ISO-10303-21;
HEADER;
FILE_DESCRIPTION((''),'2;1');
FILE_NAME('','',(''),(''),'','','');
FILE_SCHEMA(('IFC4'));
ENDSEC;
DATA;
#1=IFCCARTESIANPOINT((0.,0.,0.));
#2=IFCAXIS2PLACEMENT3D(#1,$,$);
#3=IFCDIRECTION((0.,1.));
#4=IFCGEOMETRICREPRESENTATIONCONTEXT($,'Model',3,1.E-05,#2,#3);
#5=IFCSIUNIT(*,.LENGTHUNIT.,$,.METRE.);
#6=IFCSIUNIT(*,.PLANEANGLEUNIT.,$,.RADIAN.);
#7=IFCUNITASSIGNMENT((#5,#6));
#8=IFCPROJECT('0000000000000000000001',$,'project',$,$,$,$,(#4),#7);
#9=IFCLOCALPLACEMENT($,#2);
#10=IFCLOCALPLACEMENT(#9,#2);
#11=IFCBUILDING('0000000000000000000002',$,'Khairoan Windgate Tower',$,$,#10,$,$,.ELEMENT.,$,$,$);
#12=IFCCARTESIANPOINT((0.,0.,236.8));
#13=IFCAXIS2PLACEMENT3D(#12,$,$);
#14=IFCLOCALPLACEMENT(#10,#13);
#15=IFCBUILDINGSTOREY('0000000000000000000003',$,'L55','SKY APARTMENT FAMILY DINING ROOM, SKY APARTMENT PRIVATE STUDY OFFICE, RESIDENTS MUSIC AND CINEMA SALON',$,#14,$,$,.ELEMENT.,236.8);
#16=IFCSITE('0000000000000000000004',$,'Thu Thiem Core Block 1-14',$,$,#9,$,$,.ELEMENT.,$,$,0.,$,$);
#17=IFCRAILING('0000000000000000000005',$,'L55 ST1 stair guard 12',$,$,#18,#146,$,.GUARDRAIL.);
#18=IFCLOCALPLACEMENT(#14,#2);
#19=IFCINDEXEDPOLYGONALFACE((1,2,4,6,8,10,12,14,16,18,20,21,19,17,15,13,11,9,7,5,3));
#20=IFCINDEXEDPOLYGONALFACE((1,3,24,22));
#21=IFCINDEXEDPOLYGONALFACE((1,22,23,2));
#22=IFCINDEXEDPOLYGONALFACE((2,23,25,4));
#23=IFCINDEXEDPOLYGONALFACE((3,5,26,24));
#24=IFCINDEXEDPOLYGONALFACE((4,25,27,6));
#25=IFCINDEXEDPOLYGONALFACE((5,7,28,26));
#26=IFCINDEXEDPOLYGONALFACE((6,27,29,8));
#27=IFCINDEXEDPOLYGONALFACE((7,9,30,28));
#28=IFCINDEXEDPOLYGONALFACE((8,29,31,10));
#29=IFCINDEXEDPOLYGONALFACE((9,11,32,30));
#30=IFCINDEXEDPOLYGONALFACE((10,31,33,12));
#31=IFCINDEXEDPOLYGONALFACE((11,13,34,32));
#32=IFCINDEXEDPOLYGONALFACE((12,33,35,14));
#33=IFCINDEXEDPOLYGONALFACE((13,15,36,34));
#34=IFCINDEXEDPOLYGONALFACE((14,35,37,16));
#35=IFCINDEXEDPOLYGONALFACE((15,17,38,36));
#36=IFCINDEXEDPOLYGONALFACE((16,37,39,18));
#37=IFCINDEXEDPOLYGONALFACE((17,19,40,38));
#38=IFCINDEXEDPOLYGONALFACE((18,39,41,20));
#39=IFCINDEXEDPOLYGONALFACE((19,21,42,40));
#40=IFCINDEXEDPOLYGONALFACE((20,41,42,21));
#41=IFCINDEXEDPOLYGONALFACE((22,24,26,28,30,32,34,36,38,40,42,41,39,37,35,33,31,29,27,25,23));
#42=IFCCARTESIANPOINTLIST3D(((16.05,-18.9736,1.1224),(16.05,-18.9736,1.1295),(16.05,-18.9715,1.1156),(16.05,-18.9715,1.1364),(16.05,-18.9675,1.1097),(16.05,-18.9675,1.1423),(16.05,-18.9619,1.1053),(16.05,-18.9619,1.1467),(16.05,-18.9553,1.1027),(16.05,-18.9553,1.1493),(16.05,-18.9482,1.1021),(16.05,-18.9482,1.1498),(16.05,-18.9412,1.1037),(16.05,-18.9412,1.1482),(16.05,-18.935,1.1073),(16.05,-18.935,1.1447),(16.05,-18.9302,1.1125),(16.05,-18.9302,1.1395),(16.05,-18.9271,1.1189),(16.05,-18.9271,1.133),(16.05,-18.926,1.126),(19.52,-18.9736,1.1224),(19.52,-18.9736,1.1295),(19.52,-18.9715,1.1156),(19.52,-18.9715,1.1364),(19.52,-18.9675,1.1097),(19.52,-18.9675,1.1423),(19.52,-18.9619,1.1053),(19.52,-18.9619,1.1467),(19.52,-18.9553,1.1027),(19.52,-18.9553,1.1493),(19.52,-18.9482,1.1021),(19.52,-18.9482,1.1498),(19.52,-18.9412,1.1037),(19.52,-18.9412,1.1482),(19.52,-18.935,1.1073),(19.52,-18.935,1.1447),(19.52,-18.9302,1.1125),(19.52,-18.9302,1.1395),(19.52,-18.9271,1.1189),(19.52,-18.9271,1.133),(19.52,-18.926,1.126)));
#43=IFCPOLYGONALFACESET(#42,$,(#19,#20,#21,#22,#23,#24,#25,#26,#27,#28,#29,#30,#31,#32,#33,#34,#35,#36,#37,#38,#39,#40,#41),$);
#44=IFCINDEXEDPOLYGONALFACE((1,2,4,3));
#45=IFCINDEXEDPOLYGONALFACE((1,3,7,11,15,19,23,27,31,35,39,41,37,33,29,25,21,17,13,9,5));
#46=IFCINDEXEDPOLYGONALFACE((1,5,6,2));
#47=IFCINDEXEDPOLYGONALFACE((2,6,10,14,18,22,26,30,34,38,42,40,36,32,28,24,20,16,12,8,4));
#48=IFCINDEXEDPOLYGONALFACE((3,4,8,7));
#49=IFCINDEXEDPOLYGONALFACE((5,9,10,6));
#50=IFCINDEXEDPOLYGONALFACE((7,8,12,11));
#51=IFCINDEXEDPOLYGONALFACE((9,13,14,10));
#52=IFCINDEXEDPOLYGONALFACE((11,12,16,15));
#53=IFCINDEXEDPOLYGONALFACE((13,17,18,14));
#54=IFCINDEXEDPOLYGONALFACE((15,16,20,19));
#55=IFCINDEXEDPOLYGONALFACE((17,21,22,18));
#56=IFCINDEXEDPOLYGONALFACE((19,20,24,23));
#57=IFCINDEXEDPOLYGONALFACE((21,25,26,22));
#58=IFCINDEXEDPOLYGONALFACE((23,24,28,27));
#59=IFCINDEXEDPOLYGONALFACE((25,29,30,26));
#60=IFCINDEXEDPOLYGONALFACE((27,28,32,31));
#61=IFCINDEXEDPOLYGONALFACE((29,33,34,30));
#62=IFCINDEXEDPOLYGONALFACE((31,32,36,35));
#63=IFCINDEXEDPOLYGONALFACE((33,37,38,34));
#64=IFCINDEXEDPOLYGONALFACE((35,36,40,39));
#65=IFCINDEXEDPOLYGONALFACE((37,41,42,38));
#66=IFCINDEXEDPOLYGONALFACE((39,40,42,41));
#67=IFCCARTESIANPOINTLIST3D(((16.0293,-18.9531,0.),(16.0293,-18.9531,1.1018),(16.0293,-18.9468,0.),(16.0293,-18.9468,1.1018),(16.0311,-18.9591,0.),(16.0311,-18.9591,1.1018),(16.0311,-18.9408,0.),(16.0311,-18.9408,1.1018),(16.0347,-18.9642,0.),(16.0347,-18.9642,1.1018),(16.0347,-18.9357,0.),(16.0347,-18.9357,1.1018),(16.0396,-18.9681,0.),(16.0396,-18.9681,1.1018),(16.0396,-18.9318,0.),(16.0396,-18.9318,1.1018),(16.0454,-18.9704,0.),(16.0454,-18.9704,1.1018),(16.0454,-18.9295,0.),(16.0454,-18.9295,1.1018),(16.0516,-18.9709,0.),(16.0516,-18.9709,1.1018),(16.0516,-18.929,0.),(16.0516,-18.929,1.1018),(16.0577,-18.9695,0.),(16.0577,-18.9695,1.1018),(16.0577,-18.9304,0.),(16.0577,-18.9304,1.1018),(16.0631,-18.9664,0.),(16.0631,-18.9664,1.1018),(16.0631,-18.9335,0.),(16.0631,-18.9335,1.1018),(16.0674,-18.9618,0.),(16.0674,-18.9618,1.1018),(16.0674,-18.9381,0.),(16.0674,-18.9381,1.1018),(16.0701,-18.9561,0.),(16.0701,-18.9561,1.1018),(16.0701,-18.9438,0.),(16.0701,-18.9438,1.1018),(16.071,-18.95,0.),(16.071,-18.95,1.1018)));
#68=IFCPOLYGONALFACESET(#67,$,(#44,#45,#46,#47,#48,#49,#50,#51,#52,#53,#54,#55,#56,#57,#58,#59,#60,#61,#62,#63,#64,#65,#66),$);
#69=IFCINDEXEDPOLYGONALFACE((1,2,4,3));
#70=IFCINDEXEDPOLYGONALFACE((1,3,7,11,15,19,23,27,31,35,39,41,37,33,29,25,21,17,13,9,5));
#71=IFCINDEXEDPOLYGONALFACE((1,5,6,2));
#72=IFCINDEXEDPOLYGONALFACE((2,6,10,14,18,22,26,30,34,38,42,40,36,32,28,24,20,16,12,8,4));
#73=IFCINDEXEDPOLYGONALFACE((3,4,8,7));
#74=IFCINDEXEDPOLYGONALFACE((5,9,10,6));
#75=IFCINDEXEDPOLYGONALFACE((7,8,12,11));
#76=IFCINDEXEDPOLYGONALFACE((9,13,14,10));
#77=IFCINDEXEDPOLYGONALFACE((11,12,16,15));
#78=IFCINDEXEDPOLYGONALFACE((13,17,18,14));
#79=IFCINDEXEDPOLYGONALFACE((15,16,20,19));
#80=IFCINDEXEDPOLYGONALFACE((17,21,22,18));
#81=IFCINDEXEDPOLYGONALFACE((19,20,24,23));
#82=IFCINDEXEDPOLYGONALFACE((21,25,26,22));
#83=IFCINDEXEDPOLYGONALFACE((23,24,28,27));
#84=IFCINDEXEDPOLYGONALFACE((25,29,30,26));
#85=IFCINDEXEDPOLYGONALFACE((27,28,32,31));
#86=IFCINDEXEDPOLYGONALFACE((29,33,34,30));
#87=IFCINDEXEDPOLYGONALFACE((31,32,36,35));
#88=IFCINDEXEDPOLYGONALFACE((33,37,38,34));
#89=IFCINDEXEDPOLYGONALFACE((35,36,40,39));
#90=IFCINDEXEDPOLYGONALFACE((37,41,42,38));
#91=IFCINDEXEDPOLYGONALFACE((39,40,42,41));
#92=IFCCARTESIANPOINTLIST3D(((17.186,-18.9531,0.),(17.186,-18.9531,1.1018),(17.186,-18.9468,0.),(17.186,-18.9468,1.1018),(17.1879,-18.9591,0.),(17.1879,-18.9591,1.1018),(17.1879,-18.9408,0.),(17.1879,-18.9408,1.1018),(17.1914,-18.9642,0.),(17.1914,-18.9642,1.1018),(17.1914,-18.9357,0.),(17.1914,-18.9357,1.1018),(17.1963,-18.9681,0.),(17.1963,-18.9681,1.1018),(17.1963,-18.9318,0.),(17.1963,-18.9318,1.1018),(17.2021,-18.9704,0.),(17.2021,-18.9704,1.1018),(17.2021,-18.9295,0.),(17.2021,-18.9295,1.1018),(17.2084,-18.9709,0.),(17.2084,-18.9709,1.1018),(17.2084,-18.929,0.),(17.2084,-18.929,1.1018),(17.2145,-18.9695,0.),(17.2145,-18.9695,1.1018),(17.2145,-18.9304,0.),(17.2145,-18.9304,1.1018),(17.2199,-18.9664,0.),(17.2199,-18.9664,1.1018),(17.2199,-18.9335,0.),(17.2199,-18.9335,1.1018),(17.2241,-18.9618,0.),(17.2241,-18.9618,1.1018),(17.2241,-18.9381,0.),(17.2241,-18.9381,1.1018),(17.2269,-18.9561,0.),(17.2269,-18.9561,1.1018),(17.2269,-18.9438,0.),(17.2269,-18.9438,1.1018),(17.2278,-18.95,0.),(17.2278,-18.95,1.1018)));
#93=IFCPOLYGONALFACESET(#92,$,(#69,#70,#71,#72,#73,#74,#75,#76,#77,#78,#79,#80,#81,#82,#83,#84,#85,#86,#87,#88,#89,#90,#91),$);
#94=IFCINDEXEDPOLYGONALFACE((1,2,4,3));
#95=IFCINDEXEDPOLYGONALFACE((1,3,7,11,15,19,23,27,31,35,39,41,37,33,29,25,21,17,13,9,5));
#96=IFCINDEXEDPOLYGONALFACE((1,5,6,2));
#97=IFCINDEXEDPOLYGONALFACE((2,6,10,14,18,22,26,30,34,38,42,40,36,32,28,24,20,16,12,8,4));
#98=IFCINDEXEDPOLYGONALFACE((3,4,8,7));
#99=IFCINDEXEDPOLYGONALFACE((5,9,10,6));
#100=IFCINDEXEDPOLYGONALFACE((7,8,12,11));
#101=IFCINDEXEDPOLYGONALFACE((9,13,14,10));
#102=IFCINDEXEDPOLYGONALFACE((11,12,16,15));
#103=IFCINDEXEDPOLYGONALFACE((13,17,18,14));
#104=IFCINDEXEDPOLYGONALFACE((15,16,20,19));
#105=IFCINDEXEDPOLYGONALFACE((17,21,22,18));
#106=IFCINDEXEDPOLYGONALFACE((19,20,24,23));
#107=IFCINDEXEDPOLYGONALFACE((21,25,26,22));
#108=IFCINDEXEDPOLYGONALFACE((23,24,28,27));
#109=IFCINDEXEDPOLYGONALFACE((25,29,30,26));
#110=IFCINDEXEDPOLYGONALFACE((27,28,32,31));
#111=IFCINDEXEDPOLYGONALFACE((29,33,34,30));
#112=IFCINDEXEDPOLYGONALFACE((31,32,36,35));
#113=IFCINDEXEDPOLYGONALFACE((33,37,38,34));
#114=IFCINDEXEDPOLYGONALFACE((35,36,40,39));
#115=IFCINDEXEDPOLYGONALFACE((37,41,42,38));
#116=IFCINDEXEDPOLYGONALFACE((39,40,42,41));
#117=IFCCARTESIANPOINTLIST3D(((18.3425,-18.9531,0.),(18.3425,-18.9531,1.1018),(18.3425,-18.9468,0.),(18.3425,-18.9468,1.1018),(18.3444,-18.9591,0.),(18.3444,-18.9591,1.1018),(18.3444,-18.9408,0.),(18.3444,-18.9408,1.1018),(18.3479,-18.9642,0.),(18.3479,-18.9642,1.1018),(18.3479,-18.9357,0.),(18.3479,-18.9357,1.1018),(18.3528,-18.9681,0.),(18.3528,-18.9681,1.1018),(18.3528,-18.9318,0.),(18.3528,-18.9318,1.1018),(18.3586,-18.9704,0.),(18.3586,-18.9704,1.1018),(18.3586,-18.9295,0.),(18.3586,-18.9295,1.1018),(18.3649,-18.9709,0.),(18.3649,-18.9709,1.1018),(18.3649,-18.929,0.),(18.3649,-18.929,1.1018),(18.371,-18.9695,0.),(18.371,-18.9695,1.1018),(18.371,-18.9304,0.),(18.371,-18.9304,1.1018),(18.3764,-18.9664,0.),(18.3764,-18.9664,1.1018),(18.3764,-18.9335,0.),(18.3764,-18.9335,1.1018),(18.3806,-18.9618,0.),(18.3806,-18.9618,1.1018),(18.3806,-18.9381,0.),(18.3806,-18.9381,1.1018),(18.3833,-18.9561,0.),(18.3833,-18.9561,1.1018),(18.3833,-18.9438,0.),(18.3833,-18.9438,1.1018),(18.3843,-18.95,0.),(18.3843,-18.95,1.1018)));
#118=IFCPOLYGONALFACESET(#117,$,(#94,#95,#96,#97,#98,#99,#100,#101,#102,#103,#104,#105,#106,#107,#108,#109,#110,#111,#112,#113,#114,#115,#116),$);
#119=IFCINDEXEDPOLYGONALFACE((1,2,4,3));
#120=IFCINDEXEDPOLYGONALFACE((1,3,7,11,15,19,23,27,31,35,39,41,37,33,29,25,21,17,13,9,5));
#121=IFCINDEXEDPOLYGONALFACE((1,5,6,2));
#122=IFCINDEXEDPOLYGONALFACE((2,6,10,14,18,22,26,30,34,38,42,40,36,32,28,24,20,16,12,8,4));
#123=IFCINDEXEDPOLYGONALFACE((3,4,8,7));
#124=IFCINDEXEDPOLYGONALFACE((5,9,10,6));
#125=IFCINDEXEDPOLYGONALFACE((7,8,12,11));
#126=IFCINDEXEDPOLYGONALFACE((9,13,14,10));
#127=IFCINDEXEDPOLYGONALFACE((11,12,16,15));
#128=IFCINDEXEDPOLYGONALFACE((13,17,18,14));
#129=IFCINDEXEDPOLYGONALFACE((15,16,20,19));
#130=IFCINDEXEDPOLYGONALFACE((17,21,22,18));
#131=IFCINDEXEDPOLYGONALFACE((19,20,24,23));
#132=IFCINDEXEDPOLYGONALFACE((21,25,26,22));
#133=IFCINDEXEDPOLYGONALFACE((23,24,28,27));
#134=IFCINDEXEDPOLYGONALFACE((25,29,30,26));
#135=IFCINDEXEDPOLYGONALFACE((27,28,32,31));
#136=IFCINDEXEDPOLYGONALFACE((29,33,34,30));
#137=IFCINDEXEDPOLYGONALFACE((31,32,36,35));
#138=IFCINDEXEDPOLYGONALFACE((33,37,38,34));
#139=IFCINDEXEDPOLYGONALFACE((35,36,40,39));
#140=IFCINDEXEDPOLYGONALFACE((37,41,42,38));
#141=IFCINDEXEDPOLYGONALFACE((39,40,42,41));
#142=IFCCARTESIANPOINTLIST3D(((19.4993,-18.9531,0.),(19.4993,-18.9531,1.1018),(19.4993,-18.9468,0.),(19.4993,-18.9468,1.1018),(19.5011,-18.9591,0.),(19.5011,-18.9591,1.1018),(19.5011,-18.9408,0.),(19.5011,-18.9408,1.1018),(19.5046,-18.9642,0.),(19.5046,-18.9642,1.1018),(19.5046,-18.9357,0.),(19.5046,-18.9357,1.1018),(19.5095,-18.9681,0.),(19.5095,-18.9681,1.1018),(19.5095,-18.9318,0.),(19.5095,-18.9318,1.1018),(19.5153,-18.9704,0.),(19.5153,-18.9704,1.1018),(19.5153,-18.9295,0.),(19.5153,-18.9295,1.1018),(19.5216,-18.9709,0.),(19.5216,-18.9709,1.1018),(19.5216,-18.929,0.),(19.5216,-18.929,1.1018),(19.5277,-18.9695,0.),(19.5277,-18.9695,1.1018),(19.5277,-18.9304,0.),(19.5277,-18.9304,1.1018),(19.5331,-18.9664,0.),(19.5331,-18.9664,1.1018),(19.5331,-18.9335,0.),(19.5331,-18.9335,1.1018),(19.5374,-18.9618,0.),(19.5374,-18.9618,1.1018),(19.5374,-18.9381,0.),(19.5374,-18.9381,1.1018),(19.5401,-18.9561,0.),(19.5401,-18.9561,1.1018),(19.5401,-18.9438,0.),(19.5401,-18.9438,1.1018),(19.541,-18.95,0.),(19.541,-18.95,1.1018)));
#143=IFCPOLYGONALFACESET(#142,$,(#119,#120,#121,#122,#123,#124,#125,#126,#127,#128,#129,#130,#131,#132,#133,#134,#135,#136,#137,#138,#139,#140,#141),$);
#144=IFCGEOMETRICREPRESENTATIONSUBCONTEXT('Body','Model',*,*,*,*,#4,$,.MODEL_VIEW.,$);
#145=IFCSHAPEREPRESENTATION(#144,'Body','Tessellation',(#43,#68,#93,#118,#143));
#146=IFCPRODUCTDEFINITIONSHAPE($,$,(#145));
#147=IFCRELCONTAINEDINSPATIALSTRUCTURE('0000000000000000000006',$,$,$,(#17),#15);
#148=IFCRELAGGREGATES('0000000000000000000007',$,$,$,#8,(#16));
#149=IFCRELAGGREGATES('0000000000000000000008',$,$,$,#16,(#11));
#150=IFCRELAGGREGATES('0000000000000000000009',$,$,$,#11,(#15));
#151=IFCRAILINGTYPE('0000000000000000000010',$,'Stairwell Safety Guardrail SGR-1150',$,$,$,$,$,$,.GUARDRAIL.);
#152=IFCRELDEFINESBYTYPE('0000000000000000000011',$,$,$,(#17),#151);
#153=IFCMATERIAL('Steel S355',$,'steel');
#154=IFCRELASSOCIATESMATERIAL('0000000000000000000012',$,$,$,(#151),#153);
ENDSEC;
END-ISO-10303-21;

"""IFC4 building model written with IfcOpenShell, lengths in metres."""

from ifc_helpers import new_model, si_unit, direction, frame, origin, origin_2d, place, context, subcontext, project, spatial, circle, extrude, material, type_object, element, save


model = new_model("IFC4")

# Units and contexts
model_context = context("Model", 3, precision=1e-05, world=origin(), true_north=direction((0.0, 1.0)))
body_context = subcontext(model_context, "Body", "Model", "MODEL_VIEW")
ifc_project = project(units=[si_unit("LENGTHUNIT", "METRE"), si_unit("PLANEANGLEUNIT", "RADIAN")], contexts=[model_context])

# Site, building, storey
site_placement = place(None, origin())
site = spatial("IfcSite", under=ifc_project, at=site_placement, Name="Thu Thiem Core Block 1-14", CompositionType="ELEMENT", RefElevation=0.0)
building_placement = place(site_placement, origin())
building = spatial("IfcBuilding", under=site, at=building_placement, Name="Khairoan Windgate Tower", CompositionType="ELEMENT")
storey_placement = place(building_placement, frame((0.0, 0.0, 236.8)))
storey = spatial("IfcBuildingStorey", under=building, at=storey_placement, Name="L55", Description="SKY APARTMENT FAMILY DINING ROOM, SKY APARTMENT PRIVATE STUDY OFFICE, RESIDENTS MUSIC AND CINEMA SALON", CompositionType="ELEMENT", Elevation=236.8)

# Railing
ifc_material_1 = material(Name="Steel S355", Category="steel")
railing_type = type_object("IfcRailingType", Name="Stairwell Safety Guardrail SGR-1150", PredefinedType="GUARDRAIL", material=ifc_material_1)
railing_1_placement = place(storey_placement, frame((16.05, -18.95, 0.0)))
element("IfcRailing", 1, at=railing_1_placement, inside=storey, type_object=railing_type, Name="L55 ST1 stair guard 12", PredefinedType="GUARDRAIL", context=body_context, shape_type="SweptSolid", body=[
    extrude(circle(Radius=0.0239, at=origin_2d()), frame((0.0, 0.0, 1.126), z_axis=(1.0, 0.0, 0.0), x_axis=(0.0, 1.0, 0.0)), (0.0, 0.0, 1.0), 3.47),
    extrude(circle(Radius=0.021, at=origin_2d()), origin(), (0.0, 0.0, 1.0), 1.1018),
    extrude(circle(Radius=0.021, at=origin_2d()), frame((1.1567, 0.0, 0.0)), (0.0, 0.0, 1.0), 1.1018),
    extrude(circle(Radius=0.021, at=origin_2d()), frame((2.3132, 0.0, 0.0)), (0.0, 0.0, 1.0), 1.1018),
    extrude(circle(Radius=0.021, at=origin_2d()), frame((3.47, 0.0, 0.0)), (0.0, 0.0, 1.0), 1.1018),
])

save(model, "model.ifc")
